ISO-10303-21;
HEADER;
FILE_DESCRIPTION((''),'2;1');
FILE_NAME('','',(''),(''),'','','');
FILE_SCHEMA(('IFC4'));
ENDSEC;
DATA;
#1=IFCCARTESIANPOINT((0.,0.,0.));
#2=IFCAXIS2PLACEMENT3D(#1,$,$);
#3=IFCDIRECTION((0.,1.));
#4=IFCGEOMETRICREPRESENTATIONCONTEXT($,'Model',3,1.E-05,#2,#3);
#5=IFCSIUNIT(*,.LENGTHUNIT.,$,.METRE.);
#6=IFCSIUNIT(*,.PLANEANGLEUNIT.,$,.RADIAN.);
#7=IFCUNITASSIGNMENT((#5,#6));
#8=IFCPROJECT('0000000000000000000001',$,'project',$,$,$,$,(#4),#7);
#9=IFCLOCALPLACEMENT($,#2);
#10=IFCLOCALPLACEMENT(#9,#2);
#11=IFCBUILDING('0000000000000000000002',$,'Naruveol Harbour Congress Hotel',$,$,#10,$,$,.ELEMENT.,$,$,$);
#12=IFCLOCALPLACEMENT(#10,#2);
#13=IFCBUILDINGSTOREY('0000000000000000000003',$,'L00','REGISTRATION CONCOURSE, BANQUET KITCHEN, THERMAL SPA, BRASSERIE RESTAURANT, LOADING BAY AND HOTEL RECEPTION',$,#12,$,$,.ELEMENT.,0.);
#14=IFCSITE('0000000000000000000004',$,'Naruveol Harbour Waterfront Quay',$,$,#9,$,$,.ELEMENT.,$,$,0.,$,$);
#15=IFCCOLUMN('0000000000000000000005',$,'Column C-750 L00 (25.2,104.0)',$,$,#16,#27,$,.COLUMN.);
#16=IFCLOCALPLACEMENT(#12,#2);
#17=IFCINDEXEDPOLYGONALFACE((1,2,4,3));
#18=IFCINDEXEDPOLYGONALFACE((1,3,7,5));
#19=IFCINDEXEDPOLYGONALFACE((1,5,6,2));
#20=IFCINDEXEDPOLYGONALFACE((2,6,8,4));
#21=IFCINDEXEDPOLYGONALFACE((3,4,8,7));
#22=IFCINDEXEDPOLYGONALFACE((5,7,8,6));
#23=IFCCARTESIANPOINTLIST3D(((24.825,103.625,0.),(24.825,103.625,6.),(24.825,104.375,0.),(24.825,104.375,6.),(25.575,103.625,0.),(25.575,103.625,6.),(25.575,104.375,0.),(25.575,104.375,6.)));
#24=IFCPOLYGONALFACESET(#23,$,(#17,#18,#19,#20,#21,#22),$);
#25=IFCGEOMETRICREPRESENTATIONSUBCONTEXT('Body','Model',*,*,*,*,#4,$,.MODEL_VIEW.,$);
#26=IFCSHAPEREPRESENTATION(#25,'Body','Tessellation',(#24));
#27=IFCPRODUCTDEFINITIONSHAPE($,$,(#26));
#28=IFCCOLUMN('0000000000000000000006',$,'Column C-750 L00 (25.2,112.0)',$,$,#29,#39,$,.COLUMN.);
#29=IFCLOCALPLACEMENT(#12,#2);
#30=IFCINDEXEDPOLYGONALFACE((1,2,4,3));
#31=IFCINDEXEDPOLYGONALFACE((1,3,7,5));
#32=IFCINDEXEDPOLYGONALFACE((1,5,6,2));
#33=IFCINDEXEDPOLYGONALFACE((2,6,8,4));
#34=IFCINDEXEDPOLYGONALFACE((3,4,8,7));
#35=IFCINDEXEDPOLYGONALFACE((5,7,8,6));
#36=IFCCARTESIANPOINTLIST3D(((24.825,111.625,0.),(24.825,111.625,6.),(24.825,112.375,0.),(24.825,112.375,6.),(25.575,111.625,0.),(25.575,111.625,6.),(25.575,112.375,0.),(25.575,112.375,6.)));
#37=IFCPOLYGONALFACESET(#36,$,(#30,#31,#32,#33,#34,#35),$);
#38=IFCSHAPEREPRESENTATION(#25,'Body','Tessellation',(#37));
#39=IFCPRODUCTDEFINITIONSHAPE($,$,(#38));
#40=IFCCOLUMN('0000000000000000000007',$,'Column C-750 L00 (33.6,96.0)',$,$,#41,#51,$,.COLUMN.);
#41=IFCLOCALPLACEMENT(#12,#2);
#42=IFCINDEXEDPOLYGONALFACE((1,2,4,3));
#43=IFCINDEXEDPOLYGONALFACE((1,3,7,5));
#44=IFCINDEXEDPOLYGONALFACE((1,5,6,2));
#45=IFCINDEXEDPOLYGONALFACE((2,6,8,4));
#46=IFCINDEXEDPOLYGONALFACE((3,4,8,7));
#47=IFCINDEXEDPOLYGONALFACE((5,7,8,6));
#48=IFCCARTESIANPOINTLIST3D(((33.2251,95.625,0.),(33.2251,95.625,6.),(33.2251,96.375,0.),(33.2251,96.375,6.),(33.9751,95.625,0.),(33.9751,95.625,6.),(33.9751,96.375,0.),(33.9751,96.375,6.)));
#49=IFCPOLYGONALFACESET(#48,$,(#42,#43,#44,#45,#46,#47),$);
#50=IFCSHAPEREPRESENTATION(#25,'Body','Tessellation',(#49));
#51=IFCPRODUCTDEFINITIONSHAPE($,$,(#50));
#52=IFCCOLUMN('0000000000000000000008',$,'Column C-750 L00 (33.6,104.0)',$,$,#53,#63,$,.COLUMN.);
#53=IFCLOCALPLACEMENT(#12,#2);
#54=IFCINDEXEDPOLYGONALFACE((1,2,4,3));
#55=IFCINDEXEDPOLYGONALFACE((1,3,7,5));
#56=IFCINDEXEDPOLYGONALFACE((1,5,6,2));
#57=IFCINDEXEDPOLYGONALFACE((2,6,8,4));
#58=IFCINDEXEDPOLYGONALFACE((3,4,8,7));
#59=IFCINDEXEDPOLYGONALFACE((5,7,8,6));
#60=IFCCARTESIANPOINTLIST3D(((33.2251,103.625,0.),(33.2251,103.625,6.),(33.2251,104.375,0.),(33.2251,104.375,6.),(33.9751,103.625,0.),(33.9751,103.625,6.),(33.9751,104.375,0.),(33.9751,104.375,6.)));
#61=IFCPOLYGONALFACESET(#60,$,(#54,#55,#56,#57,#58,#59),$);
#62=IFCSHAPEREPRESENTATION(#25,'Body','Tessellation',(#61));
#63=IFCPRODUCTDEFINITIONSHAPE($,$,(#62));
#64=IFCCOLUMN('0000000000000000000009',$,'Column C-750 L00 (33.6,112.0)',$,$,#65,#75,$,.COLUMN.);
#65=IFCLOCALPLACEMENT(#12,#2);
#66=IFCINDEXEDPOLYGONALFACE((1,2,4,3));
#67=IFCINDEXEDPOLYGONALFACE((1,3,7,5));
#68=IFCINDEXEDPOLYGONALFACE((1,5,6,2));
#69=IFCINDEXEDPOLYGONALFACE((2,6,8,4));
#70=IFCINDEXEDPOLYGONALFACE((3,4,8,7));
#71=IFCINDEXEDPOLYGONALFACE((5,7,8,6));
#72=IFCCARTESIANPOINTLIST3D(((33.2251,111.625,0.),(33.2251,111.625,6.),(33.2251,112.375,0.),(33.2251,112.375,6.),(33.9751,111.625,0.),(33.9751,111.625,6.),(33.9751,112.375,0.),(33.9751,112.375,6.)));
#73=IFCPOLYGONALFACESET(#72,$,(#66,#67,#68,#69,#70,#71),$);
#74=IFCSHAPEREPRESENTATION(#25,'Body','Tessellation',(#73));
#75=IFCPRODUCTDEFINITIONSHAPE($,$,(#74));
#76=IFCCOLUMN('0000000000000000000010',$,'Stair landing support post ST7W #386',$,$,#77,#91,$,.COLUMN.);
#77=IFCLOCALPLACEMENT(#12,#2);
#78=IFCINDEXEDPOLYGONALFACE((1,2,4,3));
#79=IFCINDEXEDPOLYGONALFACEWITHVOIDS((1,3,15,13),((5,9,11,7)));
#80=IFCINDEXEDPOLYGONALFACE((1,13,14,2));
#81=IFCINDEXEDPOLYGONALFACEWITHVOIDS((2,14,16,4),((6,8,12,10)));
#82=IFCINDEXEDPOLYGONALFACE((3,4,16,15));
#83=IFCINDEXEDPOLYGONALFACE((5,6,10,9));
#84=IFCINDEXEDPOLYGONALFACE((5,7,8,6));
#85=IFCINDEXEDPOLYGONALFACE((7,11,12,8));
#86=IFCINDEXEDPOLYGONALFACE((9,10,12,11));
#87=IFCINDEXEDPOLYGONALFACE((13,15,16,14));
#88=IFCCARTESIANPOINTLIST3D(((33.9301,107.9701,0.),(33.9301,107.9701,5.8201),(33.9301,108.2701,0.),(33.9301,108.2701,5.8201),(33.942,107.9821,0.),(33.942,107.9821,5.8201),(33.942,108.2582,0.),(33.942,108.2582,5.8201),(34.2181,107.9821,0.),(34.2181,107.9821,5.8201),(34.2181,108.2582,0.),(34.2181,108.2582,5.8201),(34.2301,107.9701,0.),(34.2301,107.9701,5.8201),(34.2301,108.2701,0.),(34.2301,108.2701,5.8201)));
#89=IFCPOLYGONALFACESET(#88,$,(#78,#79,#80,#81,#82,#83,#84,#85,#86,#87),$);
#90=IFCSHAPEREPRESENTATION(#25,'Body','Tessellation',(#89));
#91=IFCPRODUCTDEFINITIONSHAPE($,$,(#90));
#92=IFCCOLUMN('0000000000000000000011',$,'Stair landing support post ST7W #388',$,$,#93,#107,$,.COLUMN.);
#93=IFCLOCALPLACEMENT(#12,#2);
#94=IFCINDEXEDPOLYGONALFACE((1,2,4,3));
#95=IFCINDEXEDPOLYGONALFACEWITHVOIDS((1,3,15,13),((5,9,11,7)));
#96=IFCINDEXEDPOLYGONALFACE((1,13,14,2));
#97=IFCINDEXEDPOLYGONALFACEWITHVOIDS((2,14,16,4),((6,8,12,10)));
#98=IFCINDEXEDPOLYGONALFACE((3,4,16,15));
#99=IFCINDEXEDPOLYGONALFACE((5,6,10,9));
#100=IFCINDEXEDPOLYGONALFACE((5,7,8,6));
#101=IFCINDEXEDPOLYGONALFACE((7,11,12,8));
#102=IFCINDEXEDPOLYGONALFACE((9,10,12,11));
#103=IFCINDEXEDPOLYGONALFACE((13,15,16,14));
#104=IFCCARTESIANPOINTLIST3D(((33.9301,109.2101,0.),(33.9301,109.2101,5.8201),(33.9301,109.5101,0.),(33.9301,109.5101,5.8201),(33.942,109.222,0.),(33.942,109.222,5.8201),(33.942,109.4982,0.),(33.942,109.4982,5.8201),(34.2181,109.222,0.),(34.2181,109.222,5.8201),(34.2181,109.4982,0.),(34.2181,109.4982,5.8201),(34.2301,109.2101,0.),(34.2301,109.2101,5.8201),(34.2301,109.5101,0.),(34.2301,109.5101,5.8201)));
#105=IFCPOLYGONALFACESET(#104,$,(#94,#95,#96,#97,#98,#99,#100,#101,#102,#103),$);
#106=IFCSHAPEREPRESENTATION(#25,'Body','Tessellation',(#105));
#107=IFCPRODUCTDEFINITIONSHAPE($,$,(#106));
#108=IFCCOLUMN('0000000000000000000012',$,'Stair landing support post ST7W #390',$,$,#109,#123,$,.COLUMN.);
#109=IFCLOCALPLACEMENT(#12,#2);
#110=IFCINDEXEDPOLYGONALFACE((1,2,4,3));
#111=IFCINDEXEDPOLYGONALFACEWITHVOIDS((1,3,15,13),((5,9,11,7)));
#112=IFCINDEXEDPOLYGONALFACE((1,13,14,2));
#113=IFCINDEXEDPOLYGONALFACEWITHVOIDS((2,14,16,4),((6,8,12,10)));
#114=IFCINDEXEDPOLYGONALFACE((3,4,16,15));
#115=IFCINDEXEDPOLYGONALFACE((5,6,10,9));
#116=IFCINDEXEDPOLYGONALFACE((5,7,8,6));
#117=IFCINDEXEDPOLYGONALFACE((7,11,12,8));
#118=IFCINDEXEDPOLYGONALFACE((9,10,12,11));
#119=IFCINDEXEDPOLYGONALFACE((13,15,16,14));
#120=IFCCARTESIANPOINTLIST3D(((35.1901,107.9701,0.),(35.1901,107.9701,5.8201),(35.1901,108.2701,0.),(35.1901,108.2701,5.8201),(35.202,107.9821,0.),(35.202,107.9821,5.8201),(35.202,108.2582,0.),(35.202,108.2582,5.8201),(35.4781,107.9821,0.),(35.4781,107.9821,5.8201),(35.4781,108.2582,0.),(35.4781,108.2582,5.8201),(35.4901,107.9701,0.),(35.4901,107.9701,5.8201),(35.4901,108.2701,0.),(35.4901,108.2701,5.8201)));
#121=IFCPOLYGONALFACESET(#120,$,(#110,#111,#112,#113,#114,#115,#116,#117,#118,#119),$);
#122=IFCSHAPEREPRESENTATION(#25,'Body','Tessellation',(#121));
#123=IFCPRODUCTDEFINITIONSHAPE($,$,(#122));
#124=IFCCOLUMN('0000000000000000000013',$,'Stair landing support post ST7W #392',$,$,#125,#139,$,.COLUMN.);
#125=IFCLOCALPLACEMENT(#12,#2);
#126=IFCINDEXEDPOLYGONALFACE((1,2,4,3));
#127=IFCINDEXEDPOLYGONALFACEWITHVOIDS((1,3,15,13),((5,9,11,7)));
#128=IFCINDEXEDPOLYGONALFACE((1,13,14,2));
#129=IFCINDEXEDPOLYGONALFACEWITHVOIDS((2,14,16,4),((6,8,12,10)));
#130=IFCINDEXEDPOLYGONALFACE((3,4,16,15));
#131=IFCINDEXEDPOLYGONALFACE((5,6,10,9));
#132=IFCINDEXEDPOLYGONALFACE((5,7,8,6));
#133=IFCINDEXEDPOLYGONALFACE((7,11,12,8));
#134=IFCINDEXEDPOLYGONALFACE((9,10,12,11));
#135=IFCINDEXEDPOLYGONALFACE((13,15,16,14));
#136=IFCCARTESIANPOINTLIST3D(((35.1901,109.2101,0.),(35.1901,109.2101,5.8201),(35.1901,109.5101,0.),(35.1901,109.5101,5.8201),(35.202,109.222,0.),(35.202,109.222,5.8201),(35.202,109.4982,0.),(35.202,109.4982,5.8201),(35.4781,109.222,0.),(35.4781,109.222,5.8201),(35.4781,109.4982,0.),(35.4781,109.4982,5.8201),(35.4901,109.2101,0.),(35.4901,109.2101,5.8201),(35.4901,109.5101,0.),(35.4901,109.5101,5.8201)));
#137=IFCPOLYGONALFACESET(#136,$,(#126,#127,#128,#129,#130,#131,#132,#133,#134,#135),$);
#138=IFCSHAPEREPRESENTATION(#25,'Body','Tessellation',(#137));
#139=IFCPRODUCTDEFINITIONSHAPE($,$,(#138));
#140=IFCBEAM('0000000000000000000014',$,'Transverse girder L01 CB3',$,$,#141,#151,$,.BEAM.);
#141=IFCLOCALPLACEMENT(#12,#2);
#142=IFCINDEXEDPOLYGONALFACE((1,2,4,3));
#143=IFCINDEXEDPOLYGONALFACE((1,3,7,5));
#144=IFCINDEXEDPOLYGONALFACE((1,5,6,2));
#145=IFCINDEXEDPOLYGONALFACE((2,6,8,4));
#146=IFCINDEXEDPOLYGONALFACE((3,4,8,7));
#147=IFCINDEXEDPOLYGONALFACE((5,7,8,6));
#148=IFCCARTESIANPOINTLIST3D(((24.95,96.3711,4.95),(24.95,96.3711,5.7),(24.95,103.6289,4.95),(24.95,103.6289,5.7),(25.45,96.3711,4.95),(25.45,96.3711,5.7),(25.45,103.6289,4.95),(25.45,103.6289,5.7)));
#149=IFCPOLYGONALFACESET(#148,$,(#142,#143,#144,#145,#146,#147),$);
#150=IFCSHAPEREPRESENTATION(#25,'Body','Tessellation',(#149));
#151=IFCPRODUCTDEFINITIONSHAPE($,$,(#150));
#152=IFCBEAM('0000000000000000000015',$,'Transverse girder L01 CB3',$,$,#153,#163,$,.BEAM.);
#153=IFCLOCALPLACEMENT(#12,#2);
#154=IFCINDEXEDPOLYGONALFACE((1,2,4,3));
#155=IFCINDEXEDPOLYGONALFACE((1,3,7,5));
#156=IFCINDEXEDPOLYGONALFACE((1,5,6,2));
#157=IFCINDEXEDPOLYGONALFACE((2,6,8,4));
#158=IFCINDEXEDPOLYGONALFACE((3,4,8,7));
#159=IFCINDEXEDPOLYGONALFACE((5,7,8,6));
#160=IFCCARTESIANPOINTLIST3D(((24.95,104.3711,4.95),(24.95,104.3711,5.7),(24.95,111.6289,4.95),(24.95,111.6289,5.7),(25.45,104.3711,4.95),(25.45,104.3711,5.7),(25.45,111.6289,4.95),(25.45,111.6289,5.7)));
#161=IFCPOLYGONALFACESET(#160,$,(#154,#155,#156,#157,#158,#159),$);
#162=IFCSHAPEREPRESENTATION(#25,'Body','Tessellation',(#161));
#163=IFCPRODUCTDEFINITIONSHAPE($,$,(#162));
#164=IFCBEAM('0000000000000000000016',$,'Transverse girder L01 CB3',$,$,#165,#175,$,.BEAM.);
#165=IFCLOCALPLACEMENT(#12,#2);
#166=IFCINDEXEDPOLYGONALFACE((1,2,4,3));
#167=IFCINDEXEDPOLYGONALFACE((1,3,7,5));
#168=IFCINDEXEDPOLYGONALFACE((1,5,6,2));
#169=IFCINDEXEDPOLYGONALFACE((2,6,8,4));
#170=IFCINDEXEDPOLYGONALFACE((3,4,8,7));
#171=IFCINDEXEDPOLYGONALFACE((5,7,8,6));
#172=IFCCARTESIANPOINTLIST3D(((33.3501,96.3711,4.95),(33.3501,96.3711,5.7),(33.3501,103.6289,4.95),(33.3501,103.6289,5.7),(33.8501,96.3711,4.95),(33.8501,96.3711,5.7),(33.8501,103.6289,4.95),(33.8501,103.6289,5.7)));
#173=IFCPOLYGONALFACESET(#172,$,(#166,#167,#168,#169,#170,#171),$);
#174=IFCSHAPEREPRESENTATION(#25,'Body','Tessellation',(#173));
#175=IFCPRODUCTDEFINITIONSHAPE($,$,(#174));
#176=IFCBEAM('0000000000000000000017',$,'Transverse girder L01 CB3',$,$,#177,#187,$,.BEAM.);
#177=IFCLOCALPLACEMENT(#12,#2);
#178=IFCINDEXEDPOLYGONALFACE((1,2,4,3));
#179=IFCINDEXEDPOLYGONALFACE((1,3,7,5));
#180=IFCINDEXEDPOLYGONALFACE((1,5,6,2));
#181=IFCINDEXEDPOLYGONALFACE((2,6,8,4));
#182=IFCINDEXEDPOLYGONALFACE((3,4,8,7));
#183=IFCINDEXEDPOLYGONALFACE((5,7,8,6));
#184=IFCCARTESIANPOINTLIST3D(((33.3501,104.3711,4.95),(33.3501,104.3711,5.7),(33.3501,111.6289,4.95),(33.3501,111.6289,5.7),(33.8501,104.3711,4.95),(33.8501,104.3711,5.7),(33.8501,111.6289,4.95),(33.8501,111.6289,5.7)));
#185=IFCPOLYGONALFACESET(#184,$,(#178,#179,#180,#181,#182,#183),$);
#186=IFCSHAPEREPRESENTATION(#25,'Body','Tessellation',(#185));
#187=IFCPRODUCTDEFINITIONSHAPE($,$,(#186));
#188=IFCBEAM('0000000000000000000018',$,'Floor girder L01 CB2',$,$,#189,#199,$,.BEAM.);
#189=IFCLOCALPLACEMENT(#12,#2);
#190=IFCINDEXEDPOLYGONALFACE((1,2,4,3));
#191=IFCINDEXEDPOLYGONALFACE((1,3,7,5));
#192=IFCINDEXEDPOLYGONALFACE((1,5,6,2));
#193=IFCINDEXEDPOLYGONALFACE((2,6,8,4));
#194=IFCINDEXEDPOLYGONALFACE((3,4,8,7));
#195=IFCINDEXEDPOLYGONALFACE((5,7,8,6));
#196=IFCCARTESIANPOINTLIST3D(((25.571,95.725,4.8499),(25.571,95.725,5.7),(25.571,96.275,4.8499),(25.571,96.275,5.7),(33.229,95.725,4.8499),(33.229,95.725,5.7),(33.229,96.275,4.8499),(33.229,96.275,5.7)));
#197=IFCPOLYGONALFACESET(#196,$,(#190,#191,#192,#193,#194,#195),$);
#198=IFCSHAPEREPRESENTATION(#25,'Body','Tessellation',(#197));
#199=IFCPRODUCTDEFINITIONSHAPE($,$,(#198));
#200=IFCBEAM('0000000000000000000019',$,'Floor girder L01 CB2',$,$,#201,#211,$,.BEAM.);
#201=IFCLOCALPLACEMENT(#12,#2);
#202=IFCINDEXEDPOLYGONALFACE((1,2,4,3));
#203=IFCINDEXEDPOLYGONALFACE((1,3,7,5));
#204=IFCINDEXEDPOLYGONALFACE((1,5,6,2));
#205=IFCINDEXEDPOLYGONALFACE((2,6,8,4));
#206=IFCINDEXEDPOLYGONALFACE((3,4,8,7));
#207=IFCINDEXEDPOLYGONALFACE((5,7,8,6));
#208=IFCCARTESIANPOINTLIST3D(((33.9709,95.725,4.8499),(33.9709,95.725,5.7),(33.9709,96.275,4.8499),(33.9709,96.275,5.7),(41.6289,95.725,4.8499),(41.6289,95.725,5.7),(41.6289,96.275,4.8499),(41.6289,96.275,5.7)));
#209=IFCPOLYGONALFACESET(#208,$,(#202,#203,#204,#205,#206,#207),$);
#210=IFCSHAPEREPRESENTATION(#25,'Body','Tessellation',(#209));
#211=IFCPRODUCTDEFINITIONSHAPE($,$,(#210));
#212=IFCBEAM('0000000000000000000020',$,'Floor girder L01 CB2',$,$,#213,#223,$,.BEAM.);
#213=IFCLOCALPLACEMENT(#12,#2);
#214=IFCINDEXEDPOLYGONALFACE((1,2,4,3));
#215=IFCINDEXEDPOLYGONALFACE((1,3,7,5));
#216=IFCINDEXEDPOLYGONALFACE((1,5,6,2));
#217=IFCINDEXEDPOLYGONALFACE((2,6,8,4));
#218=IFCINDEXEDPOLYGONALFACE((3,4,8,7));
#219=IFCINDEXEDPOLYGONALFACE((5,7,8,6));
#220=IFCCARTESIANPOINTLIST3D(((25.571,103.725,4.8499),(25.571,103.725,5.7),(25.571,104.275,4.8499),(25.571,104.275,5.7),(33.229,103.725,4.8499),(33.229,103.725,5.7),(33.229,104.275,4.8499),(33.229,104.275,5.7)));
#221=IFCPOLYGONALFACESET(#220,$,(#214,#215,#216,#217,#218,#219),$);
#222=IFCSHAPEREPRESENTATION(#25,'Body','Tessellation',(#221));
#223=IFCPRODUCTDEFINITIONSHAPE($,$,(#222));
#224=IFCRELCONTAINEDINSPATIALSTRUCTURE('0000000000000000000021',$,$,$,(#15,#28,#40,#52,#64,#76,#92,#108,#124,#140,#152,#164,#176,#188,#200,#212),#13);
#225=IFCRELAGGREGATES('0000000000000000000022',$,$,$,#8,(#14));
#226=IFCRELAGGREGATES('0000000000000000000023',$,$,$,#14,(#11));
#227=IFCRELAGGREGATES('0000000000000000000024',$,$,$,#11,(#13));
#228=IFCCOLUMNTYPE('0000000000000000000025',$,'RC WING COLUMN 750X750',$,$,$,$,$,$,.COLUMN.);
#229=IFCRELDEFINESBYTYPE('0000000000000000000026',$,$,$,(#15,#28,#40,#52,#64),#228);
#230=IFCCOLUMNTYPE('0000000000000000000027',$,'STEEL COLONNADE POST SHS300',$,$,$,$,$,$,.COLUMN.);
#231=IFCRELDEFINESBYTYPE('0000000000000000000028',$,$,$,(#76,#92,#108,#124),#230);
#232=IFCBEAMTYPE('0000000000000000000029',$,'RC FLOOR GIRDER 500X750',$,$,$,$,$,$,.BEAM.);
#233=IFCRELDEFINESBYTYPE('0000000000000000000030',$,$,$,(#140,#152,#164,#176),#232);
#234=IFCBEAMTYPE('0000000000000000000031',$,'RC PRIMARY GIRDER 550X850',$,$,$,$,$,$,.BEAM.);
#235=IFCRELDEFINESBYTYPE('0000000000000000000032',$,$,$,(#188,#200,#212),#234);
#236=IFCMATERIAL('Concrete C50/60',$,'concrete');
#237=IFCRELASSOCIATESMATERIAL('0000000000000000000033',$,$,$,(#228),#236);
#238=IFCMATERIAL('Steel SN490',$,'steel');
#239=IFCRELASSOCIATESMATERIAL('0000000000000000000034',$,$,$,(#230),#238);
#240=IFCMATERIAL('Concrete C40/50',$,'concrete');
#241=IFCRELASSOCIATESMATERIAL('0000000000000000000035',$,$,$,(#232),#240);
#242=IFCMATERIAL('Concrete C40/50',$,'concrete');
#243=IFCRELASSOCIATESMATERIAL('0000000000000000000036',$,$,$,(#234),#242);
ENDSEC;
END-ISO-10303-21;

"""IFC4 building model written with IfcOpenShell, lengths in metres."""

from ifc_helpers import new_model, si_unit, direction, frame, origin, origin_2d, place, context, subcontext, project, spatial, rectangle, hollow_rectangle, extrude, material, material_profile, profile_set, type_object, element, save


model = new_model("IFC4")

# Units and contexts
model_context = context("Model", 3, precision=1e-05, world=origin(), true_north=direction((0.0, 1.0)))
body_context = subcontext(model_context, "Body", "Model", "MODEL_VIEW")
ifc_project = project(units=[si_unit("LENGTHUNIT", "METRE"), si_unit("PLANEANGLEUNIT", "RADIAN")], contexts=[model_context])

# Site, building, storey
site_placement = place(None, origin())
site = spatial("IfcSite", under=ifc_project, at=site_placement, Name="Naruveol Harbour Waterfront Quay", CompositionType="ELEMENT", RefElevation=0.0)
building_placement = place(site_placement, origin())
building = spatial("IfcBuilding", under=site, at=building_placement, Name="Naruveol Harbour Congress Hotel", CompositionType="ELEMENT")
storey_placement = place(building_placement, origin())
storey = spatial("IfcBuildingStorey", under=building, at=storey_placement, Name="L00", Description="REGISTRATION CONCOURSE, BANQUET KITCHEN, THERMAL SPA, BRASSERIE RESTAURANT, LOADING BAY AND HOTEL RECEPTION", CompositionType="ELEMENT", Elevation=0.0)

# Columns
ifc_material_1 = material(Name="Concrete C50/60", Category="concrete")
ifc_material_profile_1 = material_profile(ifc_material_1, rectangle(XDim=0.75, YDim=0.75, at=origin_2d()), Name="RC-750x750")
ifc_profile_set_1 = profile_set([ifc_material_profile_1], Name="Concrete C50/60")
column_type_1 = type_object("IfcColumnType", Name="RC WING COLUMN 750X750", PredefinedType="COLUMN", material=ifc_profile_set_1)
for number, where, z_axis, x_axis, name in (
    (1, (25.2, 104.0, 0.0), (0.0, 0.0, 1.0), (1.0, 0.0, 0.0), "Column C-750 L00 (25.2,104.0)"),
    (2, (25.2, 112.0, 0.0), (0.0, 0.0, 1.0), (1.0, 0.0, 0.0), "Column C-750 L00 (25.2,112.0)"),
    (3, (33.6001, 96.0, 0.0), (0.0, 0.0, 1.0), (1.0, 0.0, 0.0), "Column C-750 L00 (33.6,96.0)"),
    (4, (33.6001, 104.0, 0.0), (0.0, 0.0, 1.0), (1.0, 0.0, 0.0), "Column C-750 L00 (33.6,104.0)"),
    (5, (33.6001, 112.0, 0.0), (0.0, 0.0, 1.0), (1.0, 0.0, 0.0), "Column C-750 L00 (33.6,112.0)"),
):
    element("IfcColumn", number, at=place(storey_placement, frame(where, z_axis=z_axis, x_axis=x_axis)), inside=storey, type_object=column_type_1, Name=name, PredefinedType="COLUMN", context=body_context, shape_type="SweptSolid", body=[
        extrude(rectangle(XDim=0.75, YDim=0.75, at=origin_2d()), origin(), (0.0, 0.0, 1.0), 6.0),
    ])
ifc_material_2 = material(Name="Steel SN490", Category="steel")
ifc_material_profile_2 = material_profile(ifc_material_2, hollow_rectangle(XDim=0.3, YDim=0.3, WallThickness=0.012, at=origin_2d()), Name="SHS-300x300x12")
ifc_profile_set_2 = profile_set([ifc_material_profile_2], Name="Steel SN490")
column_type_2 = type_object("IfcColumnType", Name="STEEL COLONNADE POST SHS300", PredefinedType="COLUMN", material=ifc_profile_set_2)
for number, where, z_axis, x_axis, name in (
    (6, (34.0801, 108.1201, 0.0), (0.0, 0.0, 1.0), (1.0, 0.0, 0.0), "Stair landing support post ST7W #386"),
    (7, (34.0801, 109.3601, 0.0), (0.0, 0.0, 1.0), (1.0, 0.0, 0.0), "Stair landing support post ST7W #388"),
    (8, (35.3401, 108.1201, 0.0), (0.0, 0.0, 1.0), (1.0, 0.0, 0.0), "Stair landing support post ST7W #390"),
    (9, (35.3401, 109.3601, 0.0), (0.0, 0.0, 1.0), (1.0, 0.0, 0.0), "Stair landing support post ST7W #392"),
):
    element("IfcColumn", number, at=place(storey_placement, frame(where, z_axis=z_axis, x_axis=x_axis)), inside=storey, type_object=column_type_2, Name=name, PredefinedType="COLUMN", context=body_context, shape_type="SweptSolid", body=[
        extrude(hollow_rectangle(XDim=0.3, YDim=0.3, WallThickness=0.012, at=origin_2d()), origin(), (0.0, 0.0, 1.0), 5.8201),
    ])

# Beams
ifc_material_3 = material(Name="Concrete C40/50", Category="concrete")
ifc_material_profile_3 = material_profile(ifc_material_3, rectangle(XDim=0.5, YDim=0.75, at=origin_2d()), Name="RCB-500x750")
ifc_profile_set_3 = profile_set([ifc_material_profile_3], Name="Concrete C40/50")
beam_type_1 = type_object("IfcBeamType", Name="RC FLOOR GIRDER 500X750", PredefinedType="BEAM", material=ifc_profile_set_3)
for number, where, z_axis, x_axis, name in (
    (10, (25.2, 96.3711, 5.325), (0.0, 1.0, 0.0), (-1.0, 0.0, 0.0), "Transverse girder L01 CB3"),
    (11, (25.2, 104.3711, 5.325), (0.0, 1.0, 0.0), (-1.0, 0.0, 0.0), "Transverse girder L01 CB3"),
    (12, (33.6001, 96.3711, 5.325), (0.0, 1.0, 0.0), (-1.0, 0.0, 0.0), "Transverse girder L01 CB3"),
    (13, (33.6001, 104.3711, 5.325), (0.0, 1.0, 0.0), (-1.0, 0.0, 0.0), "Transverse girder L01 CB3"),
):
    element("IfcBeam", number, at=place(storey_placement, frame(where, z_axis=z_axis, x_axis=x_axis)), inside=storey, type_object=beam_type_1, Name=name, PredefinedType="BEAM", context=body_context, shape_type="SweptSolid", body=[
        extrude(rectangle(XDim=0.5, YDim=0.75, at=origin_2d()), origin(), (0.0, 0.0, 1.0), 7.2578),
    ])
ifc_material_4 = material(Name="Concrete C40/50", Category="concrete")
ifc_material_profile_4 = material_profile(ifc_material_4, rectangle(XDim=0.55, YDim=0.8501, at=origin_2d()), Name="RCB-550x850")
ifc_profile_set_4 = profile_set([ifc_material_profile_4], Name="Concrete C40/50")
beam_type_2 = type_object("IfcBeamType", Name="RC PRIMARY GIRDER 550X850", PredefinedType="BEAM", material=ifc_profile_set_4)
for number, where, z_axis, x_axis, name in (
    (14, (25.571, 96.0, 5.2749), (1.0, 0.0, 0.0), (0.0, 1.0, 0.0), "Floor girder L01 CB2"),
    (15, (33.9709, 96.0, 5.2749), (1.0, 0.0, 0.0), (0.0, 1.0, 0.0), "Floor girder L01 CB2"),
    (16, (25.571, 104.0, 5.2749), (1.0, 0.0, 0.0), (0.0, 1.0, 0.0), "Floor girder L01 CB2"),
):
    element("IfcBeam", number, at=place(storey_placement, frame(where, z_axis=z_axis, x_axis=x_axis)), inside=storey, type_object=beam_type_2, Name=name, PredefinedType="BEAM", context=body_context, shape_type="SweptSolid", body=[
        extrude(rectangle(XDim=0.55, YDim=0.8501, at=origin_2d()), origin(), (0.0, 0.0, 1.0), 7.658),
    ])

save(model, "model.ifc")
